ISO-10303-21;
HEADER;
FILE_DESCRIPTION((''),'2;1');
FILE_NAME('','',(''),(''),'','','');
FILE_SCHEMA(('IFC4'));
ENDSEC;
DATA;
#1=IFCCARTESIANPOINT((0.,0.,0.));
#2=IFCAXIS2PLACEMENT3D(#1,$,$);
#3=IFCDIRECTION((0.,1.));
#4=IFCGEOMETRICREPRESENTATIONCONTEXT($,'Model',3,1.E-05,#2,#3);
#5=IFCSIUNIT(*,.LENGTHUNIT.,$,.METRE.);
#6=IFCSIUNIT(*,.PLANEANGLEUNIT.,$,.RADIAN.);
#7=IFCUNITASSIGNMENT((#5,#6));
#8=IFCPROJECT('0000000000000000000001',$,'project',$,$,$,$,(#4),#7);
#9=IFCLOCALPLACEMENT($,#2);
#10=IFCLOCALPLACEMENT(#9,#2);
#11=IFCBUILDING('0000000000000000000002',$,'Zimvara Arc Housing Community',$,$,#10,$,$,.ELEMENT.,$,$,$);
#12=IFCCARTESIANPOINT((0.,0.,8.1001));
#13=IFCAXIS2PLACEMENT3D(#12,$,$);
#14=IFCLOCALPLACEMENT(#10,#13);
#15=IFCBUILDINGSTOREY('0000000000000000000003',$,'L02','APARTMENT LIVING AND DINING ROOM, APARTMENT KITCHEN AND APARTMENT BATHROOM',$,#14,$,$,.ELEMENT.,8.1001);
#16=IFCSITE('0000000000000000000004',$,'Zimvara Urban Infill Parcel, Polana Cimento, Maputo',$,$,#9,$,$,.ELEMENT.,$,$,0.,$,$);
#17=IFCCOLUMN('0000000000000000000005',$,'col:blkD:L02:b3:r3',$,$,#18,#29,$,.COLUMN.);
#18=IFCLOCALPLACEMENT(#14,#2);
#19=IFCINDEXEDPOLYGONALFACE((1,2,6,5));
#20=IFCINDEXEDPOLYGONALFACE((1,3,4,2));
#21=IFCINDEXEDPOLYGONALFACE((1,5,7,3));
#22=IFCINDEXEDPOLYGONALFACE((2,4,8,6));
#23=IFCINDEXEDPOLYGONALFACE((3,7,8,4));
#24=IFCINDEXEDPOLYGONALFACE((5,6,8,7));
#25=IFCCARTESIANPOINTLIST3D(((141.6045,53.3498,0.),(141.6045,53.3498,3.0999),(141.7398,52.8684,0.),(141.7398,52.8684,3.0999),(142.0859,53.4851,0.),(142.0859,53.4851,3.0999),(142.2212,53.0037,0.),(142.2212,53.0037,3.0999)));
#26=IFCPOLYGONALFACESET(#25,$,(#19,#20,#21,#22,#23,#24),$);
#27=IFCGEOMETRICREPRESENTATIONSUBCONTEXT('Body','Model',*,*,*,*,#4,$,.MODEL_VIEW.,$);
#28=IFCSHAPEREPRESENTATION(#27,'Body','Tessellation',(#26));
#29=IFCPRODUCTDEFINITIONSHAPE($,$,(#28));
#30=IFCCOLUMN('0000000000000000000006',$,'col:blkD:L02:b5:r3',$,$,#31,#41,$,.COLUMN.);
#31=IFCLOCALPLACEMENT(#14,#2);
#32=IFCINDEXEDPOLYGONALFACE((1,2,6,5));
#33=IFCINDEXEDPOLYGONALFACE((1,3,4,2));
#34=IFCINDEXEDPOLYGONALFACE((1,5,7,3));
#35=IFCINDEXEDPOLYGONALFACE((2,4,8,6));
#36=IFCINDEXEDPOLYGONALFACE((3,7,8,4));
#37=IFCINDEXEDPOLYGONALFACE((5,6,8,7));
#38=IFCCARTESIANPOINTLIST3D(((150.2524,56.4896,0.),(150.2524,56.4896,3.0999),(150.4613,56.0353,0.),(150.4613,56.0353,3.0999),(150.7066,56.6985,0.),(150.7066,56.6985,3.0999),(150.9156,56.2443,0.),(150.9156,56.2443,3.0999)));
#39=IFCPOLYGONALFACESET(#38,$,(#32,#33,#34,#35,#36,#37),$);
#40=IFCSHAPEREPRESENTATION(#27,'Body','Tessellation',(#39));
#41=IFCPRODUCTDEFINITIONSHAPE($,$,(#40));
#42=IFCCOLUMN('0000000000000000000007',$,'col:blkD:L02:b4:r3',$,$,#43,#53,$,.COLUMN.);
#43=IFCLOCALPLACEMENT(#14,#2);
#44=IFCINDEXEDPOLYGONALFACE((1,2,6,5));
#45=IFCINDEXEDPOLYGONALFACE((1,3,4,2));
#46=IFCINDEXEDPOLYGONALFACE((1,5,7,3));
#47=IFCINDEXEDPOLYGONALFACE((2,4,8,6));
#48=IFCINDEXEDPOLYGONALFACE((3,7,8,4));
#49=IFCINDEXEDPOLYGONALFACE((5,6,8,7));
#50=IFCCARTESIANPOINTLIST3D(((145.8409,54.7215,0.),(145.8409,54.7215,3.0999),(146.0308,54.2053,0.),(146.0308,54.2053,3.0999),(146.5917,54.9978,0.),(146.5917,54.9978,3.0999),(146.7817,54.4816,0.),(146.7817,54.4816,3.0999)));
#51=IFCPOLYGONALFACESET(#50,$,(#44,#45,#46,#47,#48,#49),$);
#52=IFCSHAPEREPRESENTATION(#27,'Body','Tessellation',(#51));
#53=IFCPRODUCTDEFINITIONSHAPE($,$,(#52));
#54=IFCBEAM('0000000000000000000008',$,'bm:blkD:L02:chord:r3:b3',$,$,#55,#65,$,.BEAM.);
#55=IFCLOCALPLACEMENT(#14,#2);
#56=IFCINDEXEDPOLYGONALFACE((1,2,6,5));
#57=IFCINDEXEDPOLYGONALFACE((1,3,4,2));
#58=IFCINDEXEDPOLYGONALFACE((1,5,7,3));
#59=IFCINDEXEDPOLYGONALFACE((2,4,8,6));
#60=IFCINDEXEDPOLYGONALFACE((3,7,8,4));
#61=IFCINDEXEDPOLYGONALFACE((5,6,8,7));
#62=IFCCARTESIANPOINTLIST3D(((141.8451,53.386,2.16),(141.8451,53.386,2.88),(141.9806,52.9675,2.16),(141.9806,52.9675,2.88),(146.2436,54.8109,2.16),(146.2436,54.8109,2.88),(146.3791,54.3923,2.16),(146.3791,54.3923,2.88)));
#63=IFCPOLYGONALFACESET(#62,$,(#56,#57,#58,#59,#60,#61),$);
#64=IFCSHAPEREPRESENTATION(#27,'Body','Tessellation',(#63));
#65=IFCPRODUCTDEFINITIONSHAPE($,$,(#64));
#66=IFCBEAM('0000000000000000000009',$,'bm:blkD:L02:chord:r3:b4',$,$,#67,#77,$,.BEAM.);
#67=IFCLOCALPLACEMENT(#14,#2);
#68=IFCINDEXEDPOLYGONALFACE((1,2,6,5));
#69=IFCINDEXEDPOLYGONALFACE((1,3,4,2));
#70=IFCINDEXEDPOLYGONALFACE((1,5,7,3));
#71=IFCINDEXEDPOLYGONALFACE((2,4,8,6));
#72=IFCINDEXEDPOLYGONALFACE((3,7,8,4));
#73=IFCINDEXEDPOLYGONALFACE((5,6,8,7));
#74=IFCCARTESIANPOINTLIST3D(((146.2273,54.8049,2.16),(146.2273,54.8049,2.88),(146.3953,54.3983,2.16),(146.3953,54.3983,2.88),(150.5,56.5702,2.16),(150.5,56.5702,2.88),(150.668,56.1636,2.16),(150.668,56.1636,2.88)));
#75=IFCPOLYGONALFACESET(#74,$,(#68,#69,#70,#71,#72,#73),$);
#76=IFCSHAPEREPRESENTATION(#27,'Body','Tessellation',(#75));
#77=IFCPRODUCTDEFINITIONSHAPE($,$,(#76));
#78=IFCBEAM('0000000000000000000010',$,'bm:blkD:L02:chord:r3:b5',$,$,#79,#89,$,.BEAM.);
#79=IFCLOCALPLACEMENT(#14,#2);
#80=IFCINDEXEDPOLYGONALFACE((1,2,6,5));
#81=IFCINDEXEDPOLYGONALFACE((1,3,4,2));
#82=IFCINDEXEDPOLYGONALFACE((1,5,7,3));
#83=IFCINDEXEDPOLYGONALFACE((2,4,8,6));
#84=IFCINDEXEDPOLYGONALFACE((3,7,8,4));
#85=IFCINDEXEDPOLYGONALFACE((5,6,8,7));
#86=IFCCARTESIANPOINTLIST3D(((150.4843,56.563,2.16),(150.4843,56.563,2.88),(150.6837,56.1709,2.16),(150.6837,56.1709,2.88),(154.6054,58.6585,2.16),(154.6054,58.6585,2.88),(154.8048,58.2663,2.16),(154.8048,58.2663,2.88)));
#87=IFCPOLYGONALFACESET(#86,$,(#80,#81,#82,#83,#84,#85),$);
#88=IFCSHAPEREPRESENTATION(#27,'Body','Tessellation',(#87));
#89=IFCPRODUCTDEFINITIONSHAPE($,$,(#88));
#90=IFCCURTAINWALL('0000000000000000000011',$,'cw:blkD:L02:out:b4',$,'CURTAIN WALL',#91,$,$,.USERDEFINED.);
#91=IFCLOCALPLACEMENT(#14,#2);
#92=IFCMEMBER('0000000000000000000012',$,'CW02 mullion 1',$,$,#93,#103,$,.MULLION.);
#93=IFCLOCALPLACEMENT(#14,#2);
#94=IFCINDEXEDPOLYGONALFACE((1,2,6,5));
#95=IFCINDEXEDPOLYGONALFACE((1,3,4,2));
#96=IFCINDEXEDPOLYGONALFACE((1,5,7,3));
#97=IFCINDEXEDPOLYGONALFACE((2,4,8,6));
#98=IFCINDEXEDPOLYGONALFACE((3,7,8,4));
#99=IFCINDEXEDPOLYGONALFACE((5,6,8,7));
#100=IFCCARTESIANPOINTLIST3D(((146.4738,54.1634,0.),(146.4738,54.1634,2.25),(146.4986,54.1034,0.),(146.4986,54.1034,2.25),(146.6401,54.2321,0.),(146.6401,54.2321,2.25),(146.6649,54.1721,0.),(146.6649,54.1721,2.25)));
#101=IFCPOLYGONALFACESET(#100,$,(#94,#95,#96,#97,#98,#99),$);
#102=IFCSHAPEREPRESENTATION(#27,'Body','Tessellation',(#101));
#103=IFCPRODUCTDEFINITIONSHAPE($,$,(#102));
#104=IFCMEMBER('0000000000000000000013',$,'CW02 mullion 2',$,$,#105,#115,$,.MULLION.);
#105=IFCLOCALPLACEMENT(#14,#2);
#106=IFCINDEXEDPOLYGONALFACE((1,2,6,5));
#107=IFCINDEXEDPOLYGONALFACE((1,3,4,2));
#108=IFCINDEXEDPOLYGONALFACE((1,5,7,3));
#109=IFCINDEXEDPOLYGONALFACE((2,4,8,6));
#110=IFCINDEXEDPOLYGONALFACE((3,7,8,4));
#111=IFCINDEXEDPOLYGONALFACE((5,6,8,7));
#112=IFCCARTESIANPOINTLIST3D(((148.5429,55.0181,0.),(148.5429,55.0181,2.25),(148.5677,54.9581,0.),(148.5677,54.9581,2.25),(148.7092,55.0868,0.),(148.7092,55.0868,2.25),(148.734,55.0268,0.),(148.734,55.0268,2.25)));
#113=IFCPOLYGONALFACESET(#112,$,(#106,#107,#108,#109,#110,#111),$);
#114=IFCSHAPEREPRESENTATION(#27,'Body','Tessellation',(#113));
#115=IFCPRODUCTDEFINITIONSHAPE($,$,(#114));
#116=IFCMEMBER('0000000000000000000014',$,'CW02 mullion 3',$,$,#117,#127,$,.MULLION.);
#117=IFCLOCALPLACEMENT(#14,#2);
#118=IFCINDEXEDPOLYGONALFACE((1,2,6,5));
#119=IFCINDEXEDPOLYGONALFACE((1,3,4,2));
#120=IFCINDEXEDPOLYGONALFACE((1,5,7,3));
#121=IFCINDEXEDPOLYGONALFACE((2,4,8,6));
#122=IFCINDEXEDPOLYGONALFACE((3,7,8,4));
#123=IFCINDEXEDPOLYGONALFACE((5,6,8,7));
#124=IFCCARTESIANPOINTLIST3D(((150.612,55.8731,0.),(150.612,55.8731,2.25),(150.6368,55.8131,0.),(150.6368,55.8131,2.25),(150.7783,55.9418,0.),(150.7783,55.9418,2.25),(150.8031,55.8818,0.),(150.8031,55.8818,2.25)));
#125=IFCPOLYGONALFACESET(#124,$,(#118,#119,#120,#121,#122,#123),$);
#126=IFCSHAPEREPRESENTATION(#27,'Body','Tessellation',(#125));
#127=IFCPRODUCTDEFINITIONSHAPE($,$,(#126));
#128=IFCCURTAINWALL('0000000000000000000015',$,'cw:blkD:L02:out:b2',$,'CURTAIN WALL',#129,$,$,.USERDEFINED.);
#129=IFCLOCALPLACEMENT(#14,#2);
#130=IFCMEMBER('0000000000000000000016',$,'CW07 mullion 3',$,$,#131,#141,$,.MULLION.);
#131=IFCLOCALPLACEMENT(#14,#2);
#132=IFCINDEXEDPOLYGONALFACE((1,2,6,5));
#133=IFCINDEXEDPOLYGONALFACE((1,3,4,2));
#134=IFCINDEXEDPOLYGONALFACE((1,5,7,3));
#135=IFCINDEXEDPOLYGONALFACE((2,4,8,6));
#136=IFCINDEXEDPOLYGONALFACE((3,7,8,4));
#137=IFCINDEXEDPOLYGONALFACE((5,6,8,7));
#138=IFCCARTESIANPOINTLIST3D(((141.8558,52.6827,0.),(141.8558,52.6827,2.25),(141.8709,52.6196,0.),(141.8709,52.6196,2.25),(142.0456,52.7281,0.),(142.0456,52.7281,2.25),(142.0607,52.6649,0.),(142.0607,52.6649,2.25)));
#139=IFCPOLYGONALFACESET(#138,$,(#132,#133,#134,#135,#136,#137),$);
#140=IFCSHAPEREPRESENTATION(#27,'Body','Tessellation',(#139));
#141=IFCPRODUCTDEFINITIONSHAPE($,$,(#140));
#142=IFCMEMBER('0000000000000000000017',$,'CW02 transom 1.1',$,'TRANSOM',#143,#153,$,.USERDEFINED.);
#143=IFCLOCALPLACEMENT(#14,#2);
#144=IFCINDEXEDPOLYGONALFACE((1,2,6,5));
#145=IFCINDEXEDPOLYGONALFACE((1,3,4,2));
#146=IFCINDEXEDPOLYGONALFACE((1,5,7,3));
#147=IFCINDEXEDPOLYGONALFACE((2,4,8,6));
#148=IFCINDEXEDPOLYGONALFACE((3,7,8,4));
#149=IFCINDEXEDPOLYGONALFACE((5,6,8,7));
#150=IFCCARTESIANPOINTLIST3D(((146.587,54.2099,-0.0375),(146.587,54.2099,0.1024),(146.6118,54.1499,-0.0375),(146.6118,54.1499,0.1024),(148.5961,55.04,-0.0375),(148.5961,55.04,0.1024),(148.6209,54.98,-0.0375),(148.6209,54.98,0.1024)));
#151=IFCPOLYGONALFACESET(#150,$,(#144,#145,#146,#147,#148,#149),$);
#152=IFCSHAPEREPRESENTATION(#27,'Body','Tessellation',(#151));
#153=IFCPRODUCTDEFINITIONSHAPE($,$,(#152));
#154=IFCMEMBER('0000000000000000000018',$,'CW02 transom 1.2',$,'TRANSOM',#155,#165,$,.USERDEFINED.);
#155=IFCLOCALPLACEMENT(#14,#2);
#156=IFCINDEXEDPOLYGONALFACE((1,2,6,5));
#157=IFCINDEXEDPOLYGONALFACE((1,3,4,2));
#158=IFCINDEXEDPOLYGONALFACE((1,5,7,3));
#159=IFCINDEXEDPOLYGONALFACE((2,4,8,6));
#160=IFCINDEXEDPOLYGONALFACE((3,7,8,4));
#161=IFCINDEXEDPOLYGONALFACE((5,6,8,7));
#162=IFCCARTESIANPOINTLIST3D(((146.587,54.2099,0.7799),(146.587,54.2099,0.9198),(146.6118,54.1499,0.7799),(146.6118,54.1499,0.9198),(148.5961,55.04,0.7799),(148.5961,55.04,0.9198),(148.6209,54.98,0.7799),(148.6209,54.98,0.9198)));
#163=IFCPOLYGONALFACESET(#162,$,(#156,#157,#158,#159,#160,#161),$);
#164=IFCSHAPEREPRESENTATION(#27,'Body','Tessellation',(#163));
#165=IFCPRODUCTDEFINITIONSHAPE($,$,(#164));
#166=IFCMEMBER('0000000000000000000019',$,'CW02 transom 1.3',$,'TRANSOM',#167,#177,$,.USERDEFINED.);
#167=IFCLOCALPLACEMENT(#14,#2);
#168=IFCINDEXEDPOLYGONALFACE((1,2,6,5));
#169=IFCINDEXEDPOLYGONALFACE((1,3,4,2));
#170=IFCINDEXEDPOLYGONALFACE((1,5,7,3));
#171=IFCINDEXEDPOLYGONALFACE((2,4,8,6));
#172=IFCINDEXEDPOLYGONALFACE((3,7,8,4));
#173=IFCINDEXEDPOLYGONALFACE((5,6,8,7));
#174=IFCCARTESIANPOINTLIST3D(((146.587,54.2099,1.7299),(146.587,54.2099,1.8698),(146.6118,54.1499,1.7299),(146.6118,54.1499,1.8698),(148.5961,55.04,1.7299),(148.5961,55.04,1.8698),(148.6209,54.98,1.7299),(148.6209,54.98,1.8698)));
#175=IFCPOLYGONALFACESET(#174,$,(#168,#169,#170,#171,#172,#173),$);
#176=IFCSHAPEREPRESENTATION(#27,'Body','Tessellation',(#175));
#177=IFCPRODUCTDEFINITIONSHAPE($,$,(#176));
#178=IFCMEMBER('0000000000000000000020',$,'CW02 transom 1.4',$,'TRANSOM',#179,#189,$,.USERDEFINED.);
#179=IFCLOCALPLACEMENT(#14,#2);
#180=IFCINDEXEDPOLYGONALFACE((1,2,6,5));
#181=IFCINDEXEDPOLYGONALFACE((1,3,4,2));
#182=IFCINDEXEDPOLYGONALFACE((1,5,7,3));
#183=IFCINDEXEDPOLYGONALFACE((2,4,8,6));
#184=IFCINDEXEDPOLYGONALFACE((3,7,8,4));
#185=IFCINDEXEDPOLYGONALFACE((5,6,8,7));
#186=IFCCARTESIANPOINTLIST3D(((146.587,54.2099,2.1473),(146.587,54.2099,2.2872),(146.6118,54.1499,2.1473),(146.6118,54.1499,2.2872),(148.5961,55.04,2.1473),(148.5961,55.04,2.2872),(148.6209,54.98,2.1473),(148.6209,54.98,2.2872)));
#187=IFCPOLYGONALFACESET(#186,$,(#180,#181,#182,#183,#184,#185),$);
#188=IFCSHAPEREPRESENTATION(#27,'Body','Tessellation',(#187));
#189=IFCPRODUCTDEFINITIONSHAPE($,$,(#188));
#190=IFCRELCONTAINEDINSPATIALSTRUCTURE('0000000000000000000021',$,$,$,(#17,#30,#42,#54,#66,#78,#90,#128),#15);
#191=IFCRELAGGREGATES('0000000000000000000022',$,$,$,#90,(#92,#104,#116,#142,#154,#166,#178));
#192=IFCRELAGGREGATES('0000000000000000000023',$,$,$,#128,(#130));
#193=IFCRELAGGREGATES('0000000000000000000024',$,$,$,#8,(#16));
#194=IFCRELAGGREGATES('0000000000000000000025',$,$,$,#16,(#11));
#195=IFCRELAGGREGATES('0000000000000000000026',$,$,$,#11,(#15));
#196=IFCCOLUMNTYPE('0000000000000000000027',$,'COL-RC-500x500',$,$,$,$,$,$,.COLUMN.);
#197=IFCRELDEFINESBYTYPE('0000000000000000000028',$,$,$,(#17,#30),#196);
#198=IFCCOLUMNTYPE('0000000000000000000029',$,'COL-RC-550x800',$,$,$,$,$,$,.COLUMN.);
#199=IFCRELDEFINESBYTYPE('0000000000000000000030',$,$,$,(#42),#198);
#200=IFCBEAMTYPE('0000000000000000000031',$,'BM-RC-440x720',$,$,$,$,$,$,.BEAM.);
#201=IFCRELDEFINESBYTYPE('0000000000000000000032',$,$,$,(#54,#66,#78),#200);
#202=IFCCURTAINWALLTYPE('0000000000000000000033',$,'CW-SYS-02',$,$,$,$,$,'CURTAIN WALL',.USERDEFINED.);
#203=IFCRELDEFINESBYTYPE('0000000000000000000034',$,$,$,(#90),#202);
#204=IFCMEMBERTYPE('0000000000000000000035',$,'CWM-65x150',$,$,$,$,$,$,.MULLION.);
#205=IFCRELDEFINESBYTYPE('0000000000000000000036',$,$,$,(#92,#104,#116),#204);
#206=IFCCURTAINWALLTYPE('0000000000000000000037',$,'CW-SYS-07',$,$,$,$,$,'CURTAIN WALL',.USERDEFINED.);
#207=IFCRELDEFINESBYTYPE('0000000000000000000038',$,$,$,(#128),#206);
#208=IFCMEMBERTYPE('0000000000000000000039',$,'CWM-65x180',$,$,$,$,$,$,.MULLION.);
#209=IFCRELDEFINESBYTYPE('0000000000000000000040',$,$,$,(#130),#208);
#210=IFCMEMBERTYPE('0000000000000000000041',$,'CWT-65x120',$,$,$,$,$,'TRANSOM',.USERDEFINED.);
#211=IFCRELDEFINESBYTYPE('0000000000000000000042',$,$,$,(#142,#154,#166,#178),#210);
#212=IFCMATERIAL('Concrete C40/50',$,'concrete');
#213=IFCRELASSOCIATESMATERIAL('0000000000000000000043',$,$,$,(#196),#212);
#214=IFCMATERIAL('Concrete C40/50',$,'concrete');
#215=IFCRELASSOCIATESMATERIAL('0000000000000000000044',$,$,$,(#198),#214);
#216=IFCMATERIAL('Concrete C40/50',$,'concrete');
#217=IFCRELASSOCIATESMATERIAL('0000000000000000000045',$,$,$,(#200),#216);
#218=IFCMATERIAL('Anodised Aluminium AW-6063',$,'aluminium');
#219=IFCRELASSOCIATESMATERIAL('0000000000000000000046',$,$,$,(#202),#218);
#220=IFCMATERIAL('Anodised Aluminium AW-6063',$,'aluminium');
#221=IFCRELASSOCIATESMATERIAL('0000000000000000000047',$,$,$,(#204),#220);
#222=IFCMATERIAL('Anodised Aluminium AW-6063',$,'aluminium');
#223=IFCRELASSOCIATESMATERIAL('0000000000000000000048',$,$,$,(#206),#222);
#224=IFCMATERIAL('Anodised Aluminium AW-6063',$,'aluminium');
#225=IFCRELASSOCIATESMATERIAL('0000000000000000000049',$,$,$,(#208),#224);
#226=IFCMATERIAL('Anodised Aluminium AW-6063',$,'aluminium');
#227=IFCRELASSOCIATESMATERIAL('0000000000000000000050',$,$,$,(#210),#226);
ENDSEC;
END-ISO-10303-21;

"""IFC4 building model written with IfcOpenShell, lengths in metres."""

from ifc_helpers import new_model, si_unit, direction, frame, origin, origin_2d, place, context, subcontext, project, spatial, rectangle, extrude, material, material_profile, profile_set, type_object, element, aggregate, save


model = new_model("IFC4")

# Units and contexts
model_context = context("Model", 3, precision=1e-05, world=origin(), true_north=direction((0.0, 1.0)))
body_context = subcontext(model_context, "Body", "Model", "MODEL_VIEW")
ifc_project = project(units=[si_unit("LENGTHUNIT", "METRE"), si_unit("PLANEANGLEUNIT", "RADIAN")], contexts=[model_context])

# Site, building, storey
site_placement = place(None, origin())
site = spatial("IfcSite", under=ifc_project, at=site_placement, Name="Zimvara Urban Infill Parcel, Polana Cimento, Maputo", CompositionType="ELEMENT", RefElevation=0.0)
building_placement = place(site_placement, origin())
building = spatial("IfcBuilding", under=site, at=building_placement, Name="Zimvara Arc Housing Community", CompositionType="ELEMENT")
storey_placement = place(building_placement, frame((0.0, 0.0, 8.1001)))
storey = spatial("IfcBuildingStorey", under=building, at=storey_placement, Name="L02", Description="APARTMENT LIVING AND DINING ROOM, APARTMENT KITCHEN AND APARTMENT BATHROOM", CompositionType="ELEMENT", Elevation=8.1001)

# Columns
ifc_material_1 = material(Name="Concrete C40/50", Category="concrete")
ifc_material_profile_1 = material_profile(ifc_material_1, rectangle(XDim=0.5, YDim=0.5, at=origin_2d()), Name="RC 500x500")
ifc_profile_set_1 = profile_set([ifc_material_profile_1], Name="Concrete C40/50")
column_type_1 = type_object("IfcColumnType", Name="COL-RC-500x500", PredefinedType="COLUMN", material=ifc_profile_set_1)
for number, where, z_axis, x_axis, name in (
    (1, (141.9128, 53.1768, 0.0), (0.0, 0.0, 1.0), (0.2706, -0.962692, 0.0), "col:blkD:L02:b3:r3"),
    (2, (150.584, 56.3669, 0.0), (0.0, 0.0, 1.0), (0.417867, -0.908508, 0.0), "col:blkD:L02:b5:r3"),
):
    element("IfcColumn", number, at=place(storey_placement, frame(where, z_axis=z_axis, x_axis=x_axis)), inside=storey, type_object=column_type_1, Name=name, PredefinedType="COLUMN", context=body_context, shape_type="SweptSolid", body=[
        extrude(rectangle(XDim=0.5, YDim=0.5, at=origin_2d()), origin(), (0.0, 0.0, 1.0), 3.0999),
    ])
ifc_material_2 = material(Name="Concrete C40/50", Category="concrete")
ifc_material_profile_2 = material_profile(ifc_material_2, rectangle(XDim=0.55, YDim=0.8, at=origin_2d()), Name="RC 550x800")
ifc_profile_set_2 = profile_set([ifc_material_profile_2], Name="Concrete C40/50")
column_type_2 = type_object("IfcColumnType", Name="COL-RC-550x800", PredefinedType="COLUMN", material=ifc_profile_set_2)
column_placement = place(storey_placement, frame((146.3113, 54.6016, 0.0), z_axis=(0.0, 0.0, 1.0), x_axis=(0.345298, -0.938493, 0.0)))
element("IfcColumn", 3, at=column_placement, inside=storey, type_object=column_type_2, Name="col:blkD:L02:b4:r3", PredefinedType="COLUMN", context=body_context, shape_type="SweptSolid", body=[
    extrude(rectangle(XDim=0.55, YDim=0.8, at=origin_2d()), origin(), (0.0, 0.0, 1.0), 3.0999),
])

# Beams
ifc_material_3 = material(Name="Concrete C40/50", Category="concrete")
ifc_material_profile_3 = material_profile(ifc_material_3, rectangle(XDim=0.4399, YDim=0.72, at=origin_2d()), Name="RC 440x720")
ifc_profile_set_3 = profile_set([ifc_material_profile_3], Name="Concrete C40/50")
beam_type = type_object("IfcBeamType", Name="BM-RC-440x720", PredefinedType="BEAM", material=ifc_profile_set_3)
beam_1_placement = place(storey_placement, frame((141.9128, 53.1768, 2.52), z_axis=(0.951332, 0.308169, 0.0), x_axis=(-0.308169, 0.951332, 0.0)))
element("IfcBeam", 4, at=beam_1_placement, inside=storey, type_object=beam_type, Name="bm:blkD:L02:chord:r3:b3", PredefinedType="BEAM", context=body_context, shape_type="SweptSolid", body=[
    extrude(rectangle(XDim=0.4399, YDim=0.72, at=origin_2d()), origin(), (0.0, 0.0, 1.0), 4.6235),
])
beam_2_placement = place(storey_placement, frame((146.3113, 54.6016, 2.52), z_axis=(0.924218, 0.381865, 0.0), x_axis=(-0.381865, 0.924218, 0.0)))
element("IfcBeam", 5, at=beam_2_placement, inside=storey, type_object=beam_type, Name="bm:blkD:L02:chord:r3:b4", PredefinedType="BEAM", context=body_context, shape_type="SweptSolid", body=[
    extrude(rectangle(XDim=0.4399, YDim=0.72, at=origin_2d()), origin(), (0.0, 0.0, 1.0), 4.623),
])
beam_3_placement = place(storey_placement, frame((150.584, 56.3669, 2.52), z_axis=(0.891386, 0.453245, 0.0), x_axis=(-0.453245, 0.891386, 0.0)))
element("IfcBeam", 6, at=beam_3_placement, inside=storey, type_object=beam_type, Name="bm:blkD:L02:chord:r3:b5", PredefinedType="BEAM", context=body_context, shape_type="SweptSolid", body=[
    extrude(rectangle(XDim=0.4399, YDim=0.72, at=origin_2d()), origin(), (0.0, 0.0, 1.0), 4.6233),
])

# Curtain wall, members
ifc_material_4 = material(Name="Anodised Aluminium AW-6063", Category="aluminium")
curtain_wall_type_1 = type_object("IfcCurtainWallType", Name="CW-SYS-02", ElementType="CURTAIN WALL", PredefinedType="USERDEFINED", material=ifc_material_4)
curtain_wall_1_placement = place(storey_placement, origin())
curtain_wall_1 = element("IfcCurtainWall", 7, at=curtain_wall_1_placement, inside=storey, type_object=curtain_wall_type_1, Name="cw:blkD:L02:out:b4", ObjectType="CURTAIN WALL", PredefinedType="USERDEFINED")
ifc_material_5 = material(Name="Anodised Aluminium AW-6063", Category="aluminium")
ifc_material_profile_4 = material_profile(ifc_material_5, rectangle(XDim=0.0649, YDim=0.1799, at=origin_2d()), Name="ALU 65x180")
ifc_profile_set_4 = profile_set([ifc_material_profile_4], Name="Anodised Aluminium AW-6063")
member_type_1 = type_object("IfcMemberType", Name="CWM-65x150", PredefinedType="MULLION", material=ifc_profile_set_4)
member_1_placement = place(storey_placement, frame((146.5693, 54.1677, 0.0), z_axis=(0.0, 0.0, 1.0), x_axis=(-0.381876, 0.924213, 0.0)))
member_1 = element("IfcMember", 8, at=member_1_placement, type_object=member_type_1, Name="CW02 mullion 1", PredefinedType="MULLION", context=body_context, shape_type="SweptSolid", body=[
    extrude(rectangle(XDim=0.0649, YDim=0.1799, at=origin_2d()), origin(), (0.0, 0.0, 1.0), 2.25),
])
member_2_placement = place(storey_placement, frame((148.6384, 55.0225, 0.0), z_axis=(0.0, 0.0, 1.0), x_axis=(-0.381876, 0.924213, 0.0)))
member_2 = element("IfcMember", 9, at=member_2_placement, type_object=member_type_1, Name="CW02 mullion 2", PredefinedType="MULLION", context=body_context, shape_type="SweptSolid", body=[
    extrude(rectangle(XDim=0.0649, YDim=0.1799, at=origin_2d()), origin(), (0.0, 0.0, 1.0), 2.25),
])
member_3_placement = place(storey_placement, frame((150.7075, 55.8774, 0.0), z_axis=(0.0, 0.0, 1.0), x_axis=(-0.381876, 0.924213, 0.0)))
member_3 = element("IfcMember", 10, at=member_3_placement, type_object=member_type_1, Name="CW02 mullion 3", PredefinedType="MULLION", context=body_context, shape_type="SweptSolid", body=[
    extrude(rectangle(XDim=0.0649, YDim=0.1799, at=origin_2d()), origin(), (0.0, 0.0, 1.0), 2.25),
])

# Curtain wall, member
ifc_material_6 = material(Name="Anodised Aluminium AW-6063", Category="aluminium")
curtain_wall_type_2 = type_object("IfcCurtainWallType", Name="CW-SYS-07", ElementType="CURTAIN WALL", PredefinedType="USERDEFINED", material=ifc_material_6)
curtain_wall_2_placement = place(storey_placement, origin())
curtain_wall_2 = element("IfcCurtainWall", 11, at=curtain_wall_2_placement, inside=storey, type_object=curtain_wall_type_2, Name="cw:blkD:L02:out:b2", ObjectType="CURTAIN WALL", PredefinedType="USERDEFINED")
ifc_material_7 = material(Name="Anodised Aluminium AW-6063", Category="aluminium")
ifc_material_profile_5 = material_profile(ifc_material_7, rectangle(XDim=0.0649, YDim=0.1951, at=origin_2d()), Name="ALU 65x195")
ifc_profile_set_5 = profile_set([ifc_material_profile_5], Name="Anodised Aluminium AW-6063")
member_type_2 = type_object("IfcMemberType", Name="CWM-65x180", PredefinedType="MULLION", material=ifc_profile_set_5)
member_4_placement = place(storey_placement, frame((141.9583, 52.6738, 0.0), z_axis=(0.0, 0.0, 1.0), x_axis=(-0.232597, 0.972573, 0.0)))
member_4 = element("IfcMember", 12, at=member_4_placement, type_object=member_type_2, Name="CW07 mullion 3", PredefinedType="MULLION", context=body_context, shape_type="SweptSolid", body=[
    extrude(rectangle(XDim=0.0649, YDim=0.1951, at=origin_2d()), origin(), (0.0, 0.0, 1.0), 2.25),
])

# Members
ifc_material_8 = material(Name="Anodised Aluminium AW-6063", Category="aluminium")
ifc_material_profile_6 = material_profile(ifc_material_8, rectangle(XDim=0.0649, YDim=0.1399, at=origin_2d()), Name="ALU 65x140")
ifc_profile_set_6 = profile_set([ifc_material_profile_6], Name="Anodised Aluminium AW-6063")
member_type_3 = type_object("IfcMemberType", Name="CWT-65x120", ElementType="TRANSOM", PredefinedType="USERDEFINED", material=ifc_profile_set_6)
member_5_placement = place(storey_placement, frame((146.5994, 54.1799, 0.0325), z_axis=(0.924219, 0.381862, 0.0), x_axis=(-0.381862, 0.924219, 0.0)))
member_5 = element("IfcMember", 13, at=member_5_placement, type_object=member_type_3, Name="CW02 transom 1.1", ObjectType="TRANSOM", PredefinedType="USERDEFINED", context=body_context, shape_type="SweptSolid", body=[
    extrude(rectangle(XDim=0.0649, YDim=0.1399, at=origin_2d()), origin(), (0.0, 0.0, 1.0), 2.1738),
])
member_6_placement = place(storey_placement, frame((146.5994, 54.1799, 0.8499), z_axis=(0.924219, 0.381862, 0.0), x_axis=(-0.381862, 0.924219, 0.0)))
member_6 = element("IfcMember", 14, at=member_6_placement, type_object=member_type_3, Name="CW02 transom 1.2", ObjectType="TRANSOM", PredefinedType="USERDEFINED", context=body_context, shape_type="SweptSolid", body=[
    extrude(rectangle(XDim=0.0649, YDim=0.1399, at=origin_2d()), origin(), (0.0, 0.0, 1.0), 2.1738),
])
member_7_placement = place(storey_placement, frame((146.5994, 54.1799, 1.7998), z_axis=(0.924219, 0.381862, 0.0), x_axis=(-0.381862, 0.924219, 0.0)))
member_7 = element("IfcMember", 15, at=member_7_placement, type_object=member_type_3, Name="CW02 transom 1.3", ObjectType="TRANSOM", PredefinedType="USERDEFINED", context=body_context, shape_type="SweptSolid", body=[
    extrude(rectangle(XDim=0.0649, YDim=0.1399, at=origin_2d()), origin(), (0.0, 0.0, 1.0), 2.1738),
])
member_8_placement = place(storey_placement, frame((146.5994, 54.1799, 2.2173), z_axis=(0.924219, 0.381862, 0.0), x_axis=(-0.381862, 0.924219, 0.0)))
member_8 = element("IfcMember", 16, at=member_8_placement, type_object=member_type_3, Name="CW02 transom 1.4", ObjectType="TRANSOM", PredefinedType="USERDEFINED", context=body_context, shape_type="SweptSolid", body=[
    extrude(rectangle(XDim=0.0649, YDim=0.1399, at=origin_2d()), origin(), (0.0, 0.0, 1.0), 2.1738),
])

aggregate(curtain_wall_1, [member_1, member_2, member_3, member_5, member_6, member_7, member_8])
aggregate(curtain_wall_2, [member_4])

save(model, "model.ifc")
